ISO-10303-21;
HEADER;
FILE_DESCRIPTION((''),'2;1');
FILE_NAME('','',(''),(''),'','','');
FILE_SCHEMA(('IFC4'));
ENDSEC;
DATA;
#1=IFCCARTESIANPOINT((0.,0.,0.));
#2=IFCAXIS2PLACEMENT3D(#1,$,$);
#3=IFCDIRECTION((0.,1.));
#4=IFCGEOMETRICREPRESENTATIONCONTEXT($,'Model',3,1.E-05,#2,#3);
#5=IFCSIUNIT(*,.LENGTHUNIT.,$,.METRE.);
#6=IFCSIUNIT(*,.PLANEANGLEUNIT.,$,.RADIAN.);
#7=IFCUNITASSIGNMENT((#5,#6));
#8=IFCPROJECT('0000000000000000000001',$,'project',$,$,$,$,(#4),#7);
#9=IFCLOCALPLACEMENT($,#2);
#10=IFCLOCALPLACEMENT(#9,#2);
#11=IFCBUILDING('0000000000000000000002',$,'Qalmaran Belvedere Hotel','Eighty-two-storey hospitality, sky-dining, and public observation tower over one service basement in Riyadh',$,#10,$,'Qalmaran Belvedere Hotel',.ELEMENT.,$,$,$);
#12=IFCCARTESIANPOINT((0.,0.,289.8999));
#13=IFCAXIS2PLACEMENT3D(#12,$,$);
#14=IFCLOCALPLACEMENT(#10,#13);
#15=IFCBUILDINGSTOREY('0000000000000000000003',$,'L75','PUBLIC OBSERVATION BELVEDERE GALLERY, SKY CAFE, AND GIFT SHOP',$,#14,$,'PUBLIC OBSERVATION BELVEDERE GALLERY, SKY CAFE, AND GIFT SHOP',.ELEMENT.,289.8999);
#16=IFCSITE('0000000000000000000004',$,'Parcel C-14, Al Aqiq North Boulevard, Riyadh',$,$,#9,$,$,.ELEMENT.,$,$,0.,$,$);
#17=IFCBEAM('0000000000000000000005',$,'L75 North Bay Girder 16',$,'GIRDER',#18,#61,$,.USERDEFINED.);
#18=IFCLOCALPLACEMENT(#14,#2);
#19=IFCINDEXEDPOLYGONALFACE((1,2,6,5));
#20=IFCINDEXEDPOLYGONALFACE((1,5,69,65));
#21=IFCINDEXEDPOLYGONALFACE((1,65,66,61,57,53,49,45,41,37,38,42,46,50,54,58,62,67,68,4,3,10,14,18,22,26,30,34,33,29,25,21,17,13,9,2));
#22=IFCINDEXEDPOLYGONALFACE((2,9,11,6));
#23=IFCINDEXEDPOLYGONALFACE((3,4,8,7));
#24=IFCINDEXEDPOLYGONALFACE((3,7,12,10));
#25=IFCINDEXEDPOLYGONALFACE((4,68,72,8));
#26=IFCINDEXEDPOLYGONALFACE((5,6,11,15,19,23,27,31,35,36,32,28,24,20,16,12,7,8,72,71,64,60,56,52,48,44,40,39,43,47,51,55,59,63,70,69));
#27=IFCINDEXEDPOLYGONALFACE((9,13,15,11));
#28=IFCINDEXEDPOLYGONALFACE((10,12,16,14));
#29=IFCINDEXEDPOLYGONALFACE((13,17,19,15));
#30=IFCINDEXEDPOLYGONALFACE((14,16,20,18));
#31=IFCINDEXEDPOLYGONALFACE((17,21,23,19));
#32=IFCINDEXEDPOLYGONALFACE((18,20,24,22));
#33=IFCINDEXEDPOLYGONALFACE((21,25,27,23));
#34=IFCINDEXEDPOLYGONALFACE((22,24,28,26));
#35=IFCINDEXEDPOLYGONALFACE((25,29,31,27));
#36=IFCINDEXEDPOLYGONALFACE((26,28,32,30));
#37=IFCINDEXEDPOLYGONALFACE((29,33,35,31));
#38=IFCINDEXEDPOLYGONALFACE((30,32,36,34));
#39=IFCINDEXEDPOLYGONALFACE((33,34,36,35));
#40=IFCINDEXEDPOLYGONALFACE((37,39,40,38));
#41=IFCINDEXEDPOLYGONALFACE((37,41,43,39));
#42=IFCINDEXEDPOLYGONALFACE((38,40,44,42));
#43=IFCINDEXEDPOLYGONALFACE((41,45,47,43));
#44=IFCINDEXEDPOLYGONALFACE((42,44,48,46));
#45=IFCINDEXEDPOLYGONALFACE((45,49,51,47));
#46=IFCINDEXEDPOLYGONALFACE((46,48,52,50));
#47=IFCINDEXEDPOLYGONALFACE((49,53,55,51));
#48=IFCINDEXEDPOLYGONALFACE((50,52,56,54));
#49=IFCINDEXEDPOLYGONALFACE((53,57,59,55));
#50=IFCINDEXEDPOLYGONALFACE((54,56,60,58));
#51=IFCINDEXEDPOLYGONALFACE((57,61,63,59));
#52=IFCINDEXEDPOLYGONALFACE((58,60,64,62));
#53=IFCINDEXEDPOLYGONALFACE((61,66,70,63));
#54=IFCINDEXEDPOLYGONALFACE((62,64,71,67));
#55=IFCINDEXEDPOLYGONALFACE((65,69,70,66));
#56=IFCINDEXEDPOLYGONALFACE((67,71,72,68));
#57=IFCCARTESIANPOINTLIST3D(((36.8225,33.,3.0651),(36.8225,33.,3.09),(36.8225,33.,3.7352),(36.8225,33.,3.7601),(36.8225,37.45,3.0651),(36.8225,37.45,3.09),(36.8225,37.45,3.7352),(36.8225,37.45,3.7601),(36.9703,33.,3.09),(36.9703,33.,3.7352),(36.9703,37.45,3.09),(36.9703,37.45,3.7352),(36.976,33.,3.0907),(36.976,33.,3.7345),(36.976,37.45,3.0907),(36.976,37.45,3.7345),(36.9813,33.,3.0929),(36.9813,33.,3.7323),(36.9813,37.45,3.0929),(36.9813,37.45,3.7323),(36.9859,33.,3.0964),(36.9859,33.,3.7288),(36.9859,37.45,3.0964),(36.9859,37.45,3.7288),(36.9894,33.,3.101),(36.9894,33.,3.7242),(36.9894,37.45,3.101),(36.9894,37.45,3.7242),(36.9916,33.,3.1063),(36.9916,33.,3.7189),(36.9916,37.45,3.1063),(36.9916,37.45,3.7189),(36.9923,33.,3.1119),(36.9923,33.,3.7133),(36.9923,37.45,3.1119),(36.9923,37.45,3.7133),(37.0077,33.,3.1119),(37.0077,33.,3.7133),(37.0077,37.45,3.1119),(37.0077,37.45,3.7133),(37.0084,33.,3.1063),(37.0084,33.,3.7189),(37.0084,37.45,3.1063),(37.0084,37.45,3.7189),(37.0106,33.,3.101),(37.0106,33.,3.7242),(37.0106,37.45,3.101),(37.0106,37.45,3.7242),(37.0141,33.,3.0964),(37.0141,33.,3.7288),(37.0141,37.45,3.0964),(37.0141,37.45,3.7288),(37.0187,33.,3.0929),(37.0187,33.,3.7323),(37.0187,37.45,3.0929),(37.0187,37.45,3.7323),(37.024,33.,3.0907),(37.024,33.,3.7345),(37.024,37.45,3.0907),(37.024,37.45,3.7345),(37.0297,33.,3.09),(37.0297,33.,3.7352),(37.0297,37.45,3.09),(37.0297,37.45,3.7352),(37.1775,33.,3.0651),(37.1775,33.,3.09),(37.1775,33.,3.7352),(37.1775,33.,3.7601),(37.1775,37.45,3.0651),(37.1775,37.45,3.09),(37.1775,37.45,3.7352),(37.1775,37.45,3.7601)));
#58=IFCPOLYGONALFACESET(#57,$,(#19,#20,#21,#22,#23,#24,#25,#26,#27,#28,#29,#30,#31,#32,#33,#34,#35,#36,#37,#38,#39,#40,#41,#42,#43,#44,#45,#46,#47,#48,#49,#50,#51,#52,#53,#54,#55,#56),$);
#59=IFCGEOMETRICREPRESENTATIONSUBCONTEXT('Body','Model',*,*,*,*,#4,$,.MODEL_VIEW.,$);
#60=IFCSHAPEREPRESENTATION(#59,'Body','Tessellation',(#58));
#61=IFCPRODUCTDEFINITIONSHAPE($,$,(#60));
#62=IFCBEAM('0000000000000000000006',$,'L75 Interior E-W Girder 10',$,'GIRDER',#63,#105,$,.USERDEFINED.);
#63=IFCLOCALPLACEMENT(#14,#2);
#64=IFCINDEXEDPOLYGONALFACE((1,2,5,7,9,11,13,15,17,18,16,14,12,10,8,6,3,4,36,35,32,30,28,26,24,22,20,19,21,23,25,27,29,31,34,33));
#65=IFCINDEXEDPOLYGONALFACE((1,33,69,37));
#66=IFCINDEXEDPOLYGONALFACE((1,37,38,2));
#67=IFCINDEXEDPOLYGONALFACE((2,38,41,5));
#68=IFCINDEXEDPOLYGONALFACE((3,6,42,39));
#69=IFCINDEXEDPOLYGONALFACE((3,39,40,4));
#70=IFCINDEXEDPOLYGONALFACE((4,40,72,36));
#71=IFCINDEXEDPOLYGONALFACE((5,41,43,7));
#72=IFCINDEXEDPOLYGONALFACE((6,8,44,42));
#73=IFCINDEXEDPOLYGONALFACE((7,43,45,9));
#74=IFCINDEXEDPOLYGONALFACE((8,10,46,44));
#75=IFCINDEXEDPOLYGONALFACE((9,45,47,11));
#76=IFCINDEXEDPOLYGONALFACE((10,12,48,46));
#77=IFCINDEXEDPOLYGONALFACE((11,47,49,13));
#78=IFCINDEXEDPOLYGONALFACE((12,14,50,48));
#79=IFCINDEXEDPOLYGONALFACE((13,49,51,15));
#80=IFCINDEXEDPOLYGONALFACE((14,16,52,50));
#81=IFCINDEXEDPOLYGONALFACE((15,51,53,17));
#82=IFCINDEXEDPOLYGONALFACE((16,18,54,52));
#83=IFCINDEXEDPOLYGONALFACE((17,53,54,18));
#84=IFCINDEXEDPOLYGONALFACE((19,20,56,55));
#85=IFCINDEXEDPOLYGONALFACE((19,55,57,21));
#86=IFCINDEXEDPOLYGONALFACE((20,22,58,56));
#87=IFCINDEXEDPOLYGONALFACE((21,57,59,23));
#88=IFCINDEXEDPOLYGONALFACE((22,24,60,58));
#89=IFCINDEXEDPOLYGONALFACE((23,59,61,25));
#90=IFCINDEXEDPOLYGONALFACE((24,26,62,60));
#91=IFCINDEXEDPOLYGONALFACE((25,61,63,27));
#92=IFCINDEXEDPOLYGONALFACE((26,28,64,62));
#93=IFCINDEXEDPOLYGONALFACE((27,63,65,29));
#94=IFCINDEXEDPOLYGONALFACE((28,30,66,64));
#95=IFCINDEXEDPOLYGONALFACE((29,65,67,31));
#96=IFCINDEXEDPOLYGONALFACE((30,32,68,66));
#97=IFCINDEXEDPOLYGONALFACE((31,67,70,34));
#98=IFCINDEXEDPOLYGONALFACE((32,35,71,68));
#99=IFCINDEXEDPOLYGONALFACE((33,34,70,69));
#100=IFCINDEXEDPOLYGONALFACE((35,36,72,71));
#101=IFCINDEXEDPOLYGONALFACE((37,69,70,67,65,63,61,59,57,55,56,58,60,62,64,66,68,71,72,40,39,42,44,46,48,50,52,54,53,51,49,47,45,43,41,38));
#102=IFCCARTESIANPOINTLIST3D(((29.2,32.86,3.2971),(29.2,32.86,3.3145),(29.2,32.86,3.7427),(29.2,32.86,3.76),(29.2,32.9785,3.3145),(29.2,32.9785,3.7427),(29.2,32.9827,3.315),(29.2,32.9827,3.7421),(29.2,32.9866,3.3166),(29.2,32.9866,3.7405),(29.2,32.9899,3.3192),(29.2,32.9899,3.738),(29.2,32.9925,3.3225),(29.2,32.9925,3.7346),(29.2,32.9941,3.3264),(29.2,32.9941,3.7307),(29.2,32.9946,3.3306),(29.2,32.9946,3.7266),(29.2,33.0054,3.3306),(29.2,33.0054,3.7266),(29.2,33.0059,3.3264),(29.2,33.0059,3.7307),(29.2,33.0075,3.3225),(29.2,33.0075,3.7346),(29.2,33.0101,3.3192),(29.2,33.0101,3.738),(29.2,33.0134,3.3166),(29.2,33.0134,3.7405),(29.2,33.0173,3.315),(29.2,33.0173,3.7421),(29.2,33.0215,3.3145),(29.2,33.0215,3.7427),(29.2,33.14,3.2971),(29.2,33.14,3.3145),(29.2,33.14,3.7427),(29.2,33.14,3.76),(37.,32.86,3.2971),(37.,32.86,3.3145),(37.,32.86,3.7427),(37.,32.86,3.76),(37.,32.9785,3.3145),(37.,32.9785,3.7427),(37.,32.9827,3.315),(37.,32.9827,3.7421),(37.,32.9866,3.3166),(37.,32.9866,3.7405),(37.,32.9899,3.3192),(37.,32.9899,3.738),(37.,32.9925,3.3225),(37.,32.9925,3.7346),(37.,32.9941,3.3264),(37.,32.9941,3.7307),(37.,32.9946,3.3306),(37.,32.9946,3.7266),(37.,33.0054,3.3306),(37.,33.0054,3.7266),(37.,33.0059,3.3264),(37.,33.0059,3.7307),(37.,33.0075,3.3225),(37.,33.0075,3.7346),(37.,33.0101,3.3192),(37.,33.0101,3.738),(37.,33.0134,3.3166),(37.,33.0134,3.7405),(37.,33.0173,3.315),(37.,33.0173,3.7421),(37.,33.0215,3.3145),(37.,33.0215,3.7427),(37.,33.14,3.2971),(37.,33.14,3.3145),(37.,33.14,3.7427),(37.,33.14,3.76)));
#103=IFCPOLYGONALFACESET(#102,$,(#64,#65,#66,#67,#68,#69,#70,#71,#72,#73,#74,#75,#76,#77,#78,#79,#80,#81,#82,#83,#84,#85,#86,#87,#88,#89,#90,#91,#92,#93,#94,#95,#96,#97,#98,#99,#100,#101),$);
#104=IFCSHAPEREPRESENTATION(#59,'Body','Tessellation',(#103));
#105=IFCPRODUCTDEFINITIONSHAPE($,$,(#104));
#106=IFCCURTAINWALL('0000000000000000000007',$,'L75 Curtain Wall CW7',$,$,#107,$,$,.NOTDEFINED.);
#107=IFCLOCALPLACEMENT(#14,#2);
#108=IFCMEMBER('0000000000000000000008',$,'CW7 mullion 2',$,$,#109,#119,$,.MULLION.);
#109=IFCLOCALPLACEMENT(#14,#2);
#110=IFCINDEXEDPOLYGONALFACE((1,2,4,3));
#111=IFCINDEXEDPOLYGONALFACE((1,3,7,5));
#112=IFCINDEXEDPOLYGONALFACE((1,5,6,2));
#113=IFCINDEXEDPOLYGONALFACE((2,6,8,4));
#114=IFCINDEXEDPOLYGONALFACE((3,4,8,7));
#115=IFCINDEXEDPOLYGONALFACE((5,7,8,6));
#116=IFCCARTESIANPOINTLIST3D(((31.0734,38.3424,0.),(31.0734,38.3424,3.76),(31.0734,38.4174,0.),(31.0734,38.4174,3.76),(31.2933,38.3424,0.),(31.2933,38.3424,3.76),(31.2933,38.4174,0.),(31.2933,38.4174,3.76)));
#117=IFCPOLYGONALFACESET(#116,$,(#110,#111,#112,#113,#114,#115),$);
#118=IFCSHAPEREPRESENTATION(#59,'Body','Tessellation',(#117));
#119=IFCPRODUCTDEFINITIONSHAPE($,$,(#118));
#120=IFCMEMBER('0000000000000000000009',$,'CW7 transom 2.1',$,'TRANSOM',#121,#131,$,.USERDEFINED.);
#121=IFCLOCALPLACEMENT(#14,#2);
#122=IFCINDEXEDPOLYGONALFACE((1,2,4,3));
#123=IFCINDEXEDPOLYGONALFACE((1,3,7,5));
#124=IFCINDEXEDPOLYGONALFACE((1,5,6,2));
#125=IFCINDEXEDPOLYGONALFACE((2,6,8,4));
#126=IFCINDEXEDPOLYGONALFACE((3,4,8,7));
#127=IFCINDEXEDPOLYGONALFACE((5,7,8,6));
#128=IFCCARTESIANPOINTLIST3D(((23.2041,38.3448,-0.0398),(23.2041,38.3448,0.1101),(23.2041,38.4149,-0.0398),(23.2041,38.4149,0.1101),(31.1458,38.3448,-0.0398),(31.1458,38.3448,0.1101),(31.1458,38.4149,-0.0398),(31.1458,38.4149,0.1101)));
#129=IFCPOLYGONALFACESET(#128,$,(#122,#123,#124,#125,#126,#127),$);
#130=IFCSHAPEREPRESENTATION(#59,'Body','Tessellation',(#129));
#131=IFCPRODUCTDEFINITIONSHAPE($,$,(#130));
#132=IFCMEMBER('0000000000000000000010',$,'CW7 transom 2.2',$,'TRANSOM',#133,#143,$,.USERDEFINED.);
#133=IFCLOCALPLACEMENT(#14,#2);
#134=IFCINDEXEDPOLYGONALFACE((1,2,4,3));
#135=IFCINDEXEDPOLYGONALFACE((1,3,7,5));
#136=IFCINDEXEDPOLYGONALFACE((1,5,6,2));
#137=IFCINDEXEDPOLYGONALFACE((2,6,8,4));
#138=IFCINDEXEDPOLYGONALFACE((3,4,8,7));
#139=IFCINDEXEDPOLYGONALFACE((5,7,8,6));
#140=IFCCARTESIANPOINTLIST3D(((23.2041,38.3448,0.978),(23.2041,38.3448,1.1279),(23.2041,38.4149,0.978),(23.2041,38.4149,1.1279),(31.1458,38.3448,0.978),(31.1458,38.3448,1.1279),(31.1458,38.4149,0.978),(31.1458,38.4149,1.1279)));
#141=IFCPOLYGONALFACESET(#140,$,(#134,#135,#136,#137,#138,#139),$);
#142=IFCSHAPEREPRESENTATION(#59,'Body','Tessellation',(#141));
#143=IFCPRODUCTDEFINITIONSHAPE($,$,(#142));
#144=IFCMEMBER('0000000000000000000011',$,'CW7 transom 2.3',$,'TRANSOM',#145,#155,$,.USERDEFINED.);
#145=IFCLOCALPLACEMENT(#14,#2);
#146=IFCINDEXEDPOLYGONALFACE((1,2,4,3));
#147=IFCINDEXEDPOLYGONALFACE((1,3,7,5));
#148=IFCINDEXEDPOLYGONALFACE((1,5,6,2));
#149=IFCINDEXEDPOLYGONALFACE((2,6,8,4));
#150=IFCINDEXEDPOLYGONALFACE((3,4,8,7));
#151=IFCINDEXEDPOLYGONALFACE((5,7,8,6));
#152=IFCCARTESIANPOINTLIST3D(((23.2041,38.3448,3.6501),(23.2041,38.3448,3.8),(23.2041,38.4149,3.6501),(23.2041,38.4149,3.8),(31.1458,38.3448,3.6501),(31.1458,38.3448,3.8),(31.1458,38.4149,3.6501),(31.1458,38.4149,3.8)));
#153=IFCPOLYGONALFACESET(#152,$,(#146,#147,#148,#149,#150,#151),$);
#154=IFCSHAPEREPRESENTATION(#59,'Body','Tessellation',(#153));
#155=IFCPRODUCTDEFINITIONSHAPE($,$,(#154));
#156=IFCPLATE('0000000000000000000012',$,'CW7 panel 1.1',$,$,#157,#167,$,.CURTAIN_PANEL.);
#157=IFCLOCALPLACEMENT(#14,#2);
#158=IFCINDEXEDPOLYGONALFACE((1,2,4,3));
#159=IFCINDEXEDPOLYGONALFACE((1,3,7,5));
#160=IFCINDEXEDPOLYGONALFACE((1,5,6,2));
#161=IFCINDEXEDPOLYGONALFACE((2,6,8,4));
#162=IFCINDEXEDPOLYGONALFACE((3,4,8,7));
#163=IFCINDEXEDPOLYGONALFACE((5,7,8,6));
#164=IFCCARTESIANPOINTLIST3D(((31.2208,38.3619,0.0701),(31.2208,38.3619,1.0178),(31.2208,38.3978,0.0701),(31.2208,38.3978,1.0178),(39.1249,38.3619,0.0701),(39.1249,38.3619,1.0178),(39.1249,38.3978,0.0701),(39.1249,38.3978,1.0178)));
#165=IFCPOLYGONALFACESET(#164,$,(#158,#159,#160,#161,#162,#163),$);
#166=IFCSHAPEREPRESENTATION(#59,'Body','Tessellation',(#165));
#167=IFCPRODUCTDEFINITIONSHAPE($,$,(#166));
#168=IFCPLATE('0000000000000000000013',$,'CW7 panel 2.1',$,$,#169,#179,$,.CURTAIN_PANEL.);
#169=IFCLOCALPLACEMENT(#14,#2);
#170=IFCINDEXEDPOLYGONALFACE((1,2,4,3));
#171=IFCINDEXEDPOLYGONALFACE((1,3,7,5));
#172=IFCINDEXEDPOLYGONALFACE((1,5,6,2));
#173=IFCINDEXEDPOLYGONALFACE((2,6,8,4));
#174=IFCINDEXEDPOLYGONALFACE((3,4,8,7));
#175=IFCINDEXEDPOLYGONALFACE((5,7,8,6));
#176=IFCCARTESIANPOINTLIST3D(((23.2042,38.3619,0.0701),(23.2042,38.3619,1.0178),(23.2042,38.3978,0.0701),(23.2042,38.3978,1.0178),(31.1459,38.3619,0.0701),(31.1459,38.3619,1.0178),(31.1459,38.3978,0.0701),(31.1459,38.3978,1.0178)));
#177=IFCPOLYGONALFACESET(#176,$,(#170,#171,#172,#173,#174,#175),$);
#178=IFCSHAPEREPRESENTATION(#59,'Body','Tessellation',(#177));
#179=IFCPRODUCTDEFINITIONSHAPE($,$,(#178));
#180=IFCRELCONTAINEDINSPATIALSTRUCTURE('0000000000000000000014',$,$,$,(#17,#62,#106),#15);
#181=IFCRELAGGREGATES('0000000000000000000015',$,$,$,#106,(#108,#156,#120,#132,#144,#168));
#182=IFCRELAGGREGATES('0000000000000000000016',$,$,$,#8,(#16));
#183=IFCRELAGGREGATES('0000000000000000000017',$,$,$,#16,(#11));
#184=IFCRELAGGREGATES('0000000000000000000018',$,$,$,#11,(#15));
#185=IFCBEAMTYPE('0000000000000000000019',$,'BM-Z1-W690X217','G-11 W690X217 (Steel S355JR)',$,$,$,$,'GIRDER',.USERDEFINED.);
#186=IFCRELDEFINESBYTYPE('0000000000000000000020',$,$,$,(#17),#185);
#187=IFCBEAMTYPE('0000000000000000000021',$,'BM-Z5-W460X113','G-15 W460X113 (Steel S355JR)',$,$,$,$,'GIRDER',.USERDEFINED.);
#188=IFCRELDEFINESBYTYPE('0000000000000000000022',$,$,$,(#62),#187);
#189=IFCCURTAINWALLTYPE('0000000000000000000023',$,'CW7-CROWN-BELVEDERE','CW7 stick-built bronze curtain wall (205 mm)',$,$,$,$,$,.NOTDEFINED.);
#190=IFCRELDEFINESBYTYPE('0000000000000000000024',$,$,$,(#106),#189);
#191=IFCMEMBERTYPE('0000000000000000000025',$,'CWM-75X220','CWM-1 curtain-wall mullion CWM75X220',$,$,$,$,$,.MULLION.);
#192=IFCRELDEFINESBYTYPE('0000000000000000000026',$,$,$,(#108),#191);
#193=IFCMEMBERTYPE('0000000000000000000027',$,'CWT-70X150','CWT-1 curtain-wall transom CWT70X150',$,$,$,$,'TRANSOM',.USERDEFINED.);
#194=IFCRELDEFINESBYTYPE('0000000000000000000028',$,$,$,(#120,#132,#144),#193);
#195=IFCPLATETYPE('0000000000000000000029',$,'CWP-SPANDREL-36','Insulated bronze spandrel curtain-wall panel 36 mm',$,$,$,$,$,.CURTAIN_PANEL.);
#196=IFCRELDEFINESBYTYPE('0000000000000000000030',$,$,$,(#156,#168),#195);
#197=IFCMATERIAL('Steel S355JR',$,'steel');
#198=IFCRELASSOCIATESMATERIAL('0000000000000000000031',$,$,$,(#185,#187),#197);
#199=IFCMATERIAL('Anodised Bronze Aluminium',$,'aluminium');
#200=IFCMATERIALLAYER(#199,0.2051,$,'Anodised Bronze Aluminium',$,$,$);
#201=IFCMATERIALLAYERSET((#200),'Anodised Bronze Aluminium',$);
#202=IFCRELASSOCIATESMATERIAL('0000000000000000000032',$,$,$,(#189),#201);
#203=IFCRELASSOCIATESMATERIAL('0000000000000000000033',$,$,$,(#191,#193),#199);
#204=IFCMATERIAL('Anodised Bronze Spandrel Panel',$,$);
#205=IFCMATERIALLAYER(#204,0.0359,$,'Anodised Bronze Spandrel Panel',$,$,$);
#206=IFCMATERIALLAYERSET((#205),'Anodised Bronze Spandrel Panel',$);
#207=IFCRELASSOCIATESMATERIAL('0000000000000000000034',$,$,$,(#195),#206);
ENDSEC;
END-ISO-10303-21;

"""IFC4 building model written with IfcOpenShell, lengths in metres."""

from ifc_helpers import new_model, si_unit, direction, frame, origin, origin_2d, place, context, subcontext, project, spatial, rectangle, i_section, extrude, material, layer, layer_set, material_profile, profile_set, type_object, element, aggregate, save


model = new_model("IFC4")

# Units and contexts
model_context = context("Model", 3, precision=1e-05, world=origin(), true_north=direction((0.0, 1.0)))
body_context = subcontext(model_context, "Body", "Model", "MODEL_VIEW")
ifc_project = project(units=[si_unit("LENGTHUNIT", "METRE"), si_unit("PLANEANGLEUNIT", "RADIAN")], contexts=[model_context])

# Site, building, storey
site_placement = place(None, origin())
site = spatial("IfcSite", under=ifc_project, at=site_placement, Name="Parcel C-14, Al Aqiq North Boulevard, Riyadh", CompositionType="ELEMENT", RefElevation=0.0)
building_placement = place(site_placement, origin())
building = spatial("IfcBuilding", under=site, at=building_placement, Name="Qalmaran Belvedere Hotel", Description="Eighty-two-storey hospitality, sky-dining, and public observation tower over one service basement in Riyadh", LongName="Qalmaran Belvedere Hotel", CompositionType="ELEMENT")
storey_placement = place(building_placement, frame((0.0, 0.0, 289.8999)))
storey = spatial("IfcBuildingStorey", under=building, at=storey_placement, Name="L75", Description="PUBLIC OBSERVATION BELVEDERE GALLERY, SKY CAFE, AND GIFT SHOP", LongName="PUBLIC OBSERVATION BELVEDERE GALLERY, SKY CAFE, AND GIFT SHOP", CompositionType="ELEMENT", Elevation=289.8999)

# Beams
ifc_material_1 = material(Name="Steel S355JR", Category="steel")
ifc_material_profile_1 = material_profile(ifc_material_1, i_section(OverallWidth=0.355, OverallDepth=0.6951, WebThickness=0.0154, FlangeThickness=0.0249, FilletRadius=0.022, at=origin_2d()), Name="W690X217")
ifc_profile_set_1 = profile_set([ifc_material_profile_1], Name="Steel S355JR")
beam_type_1 = type_object("IfcBeamType", Name="BM-Z1-W690X217", Description="G-11 W690X217 (Steel S355JR)", ElementType="GIRDER", PredefinedType="USERDEFINED", material=ifc_profile_set_1)
for number, where, z_axis, x_axis, name in (
    (1, (37.0, 33.0, 3.4126), (0.0, 1.0, 0.0), (-1.0, 0.0, 0.0), "L75 North Bay Girder 16"),
):
    element("IfcBeam", number, at=place(storey_placement, frame(where, z_axis=z_axis, x_axis=x_axis)), inside=storey, type_object=beam_type_1, Name=name, ObjectType="GIRDER", PredefinedType="USERDEFINED", context=body_context, shape_type="SweptSolid", body=[
        extrude(i_section(OverallWidth=0.355, OverallDepth=0.6951, WebThickness=0.0154, FlangeThickness=0.0249, FilletRadius=0.022, at=origin_2d()), origin(), (0.0, 0.0, 1.0), 4.45),
    ])
ifc_material_profile_2 = material_profile(ifc_material_1, i_section(OverallWidth=0.28, OverallDepth=0.4629, WebThickness=0.0107, FlangeThickness=0.0173, FilletRadius=0.0161, at=origin_2d()), Name="W460X113")
ifc_profile_set_2 = profile_set([ifc_material_profile_2], Name="Steel S355JR")
beam_type_2 = type_object("IfcBeamType", Name="BM-Z5-W460X113", Description="G-15 W460X113 (Steel S355JR)", ElementType="GIRDER", PredefinedType="USERDEFINED", material=ifc_profile_set_2)
beam_1_placement = place(storey_placement, frame((29.2, 33.0, 3.5286), z_axis=(1.0, 0.0, 0.0), x_axis=(0.0, 1.0, 0.0)))
element("IfcBeam", 2, at=beam_1_placement, inside=storey, type_object=beam_type_2, Name="L75 Interior E-W Girder 10", ObjectType="GIRDER", PredefinedType="USERDEFINED", context=body_context, shape_type="SweptSolid", body=[
    extrude(i_section(OverallWidth=0.28, OverallDepth=0.4629, WebThickness=0.0107, FlangeThickness=0.0173, FilletRadius=0.0161, at=origin_2d()), origin(), (0.0, 0.0, 1.0), 7.8),
])

# Curtain wall, members, plates
ifc_material_2 = material(Name="Anodised Bronze Aluminium", Category="aluminium")
ifc_layer_1 = layer(ifc_material_2, 0.2051, Name="Anodised Bronze Aluminium")
ifc_layer_set_1 = layer_set([ifc_layer_1], Name="Anodised Bronze Aluminium")
curtain_wall_type = type_object("IfcCurtainWallType", Name="CW7-CROWN-BELVEDERE", Description="CW7 stick-built bronze curtain wall (205 mm)", PredefinedType="NOTDEFINED", material=ifc_layer_set_1)
curtain_wall_placement = place(storey_placement, origin())
curtain_wall = element("IfcCurtainWall", 3, at=curtain_wall_placement, inside=storey, type_object=curtain_wall_type, Name="L75 Curtain Wall CW7", PredefinedType="NOTDEFINED")
ifc_material_profile_3 = material_profile(ifc_material_2, rectangle(XDim=0.075, YDim=0.22, at=origin_2d()), Name="CWM75X220")
ifc_profile_set_3 = profile_set([ifc_material_profile_3], Name="Anodised Bronze Aluminium")
member_type_1 = type_object("IfcMemberType", Name="CWM-75X220", Description="CWM-1 curtain-wall mullion CWM75X220", PredefinedType="MULLION", material=ifc_profile_set_3)
member_1_placement = place(storey_placement, frame((31.1833, 38.3799, 0.0), z_axis=(0.0, 0.0, 1.0), x_axis=(0.0, -1.0, 0.0)))
member_1 = element("IfcMember", 4, at=member_1_placement, type_object=member_type_1, Name="CW7 mullion 2", PredefinedType="MULLION", context=body_context, shape_type="SweptSolid", body=[
    extrude(rectangle(XDim=0.075, YDim=0.22, at=origin_2d()), origin(), (0.0, 0.0, 1.0), 3.76),
])
ifc_material_profile_4 = material_profile(ifc_material_2, rectangle(XDim=0.0701, YDim=0.1499, at=origin_2d()), Name="CWT70X150")
ifc_profile_set_4 = profile_set([ifc_material_profile_4], Name="Anodised Bronze Aluminium")
member_type_2 = type_object("IfcMemberType", Name="CWT-70X150", Description="CWT-1 curtain-wall transom CWT70X150", ElementType="TRANSOM", PredefinedType="USERDEFINED", material=ifc_profile_set_4)
member_2_placement = place(storey_placement, frame((31.1458, 38.3799, 0.0352), z_axis=(-1.0, 0.0, 0.0), x_axis=(0.0, -1.0, 0.0)))
member_2 = element("IfcMember", 5, at=member_2_placement, type_object=member_type_2, Name="CW7 transom 2.1", ObjectType="TRANSOM", PredefinedType="USERDEFINED", context=body_context, shape_type="SweptSolid", body=[
    extrude(rectangle(XDim=0.0701, YDim=0.1499, at=origin_2d()), origin(), (0.0, 0.0, 1.0), 7.9417),
])
member_3_placement = place(storey_placement, frame((31.1458, 38.3799, 1.053), z_axis=(-1.0, 0.0, 0.0), x_axis=(0.0, -1.0, 0.0)))
member_3 = element("IfcMember", 6, at=member_3_placement, type_object=member_type_2, Name="CW7 transom 2.2", ObjectType="TRANSOM", PredefinedType="USERDEFINED", context=body_context, shape_type="SweptSolid", body=[
    extrude(rectangle(XDim=0.0701, YDim=0.1499, at=origin_2d()), origin(), (0.0, 0.0, 1.0), 7.9417),
])
member_4_placement = place(storey_placement, frame((31.1458, 38.3799, 3.7251), z_axis=(-1.0, 0.0, 0.0), x_axis=(0.0, -1.0, 0.0)))
member_4 = element("IfcMember", 7, at=member_4_placement, type_object=member_type_2, Name="CW7 transom 2.3", ObjectType="TRANSOM", PredefinedType="USERDEFINED", context=body_context, shape_type="SweptSolid", body=[
    extrude(rectangle(XDim=0.0701, YDim=0.1499, at=origin_2d()), origin(), (0.0, 0.0, 1.0), 7.9417),
])
ifc_material_3 = material(Name="Anodised Bronze Spandrel Panel")
ifc_layer_2 = layer(ifc_material_3, 0.0359, Name="Anodised Bronze Spandrel Panel")
ifc_layer_set_2 = layer_set([ifc_layer_2], Name="Anodised Bronze Spandrel Panel")
plate_type_1 = type_object("IfcPlateType", Name="CWP-SPANDREL-36", Description="Insulated bronze spandrel curtain-wall panel 36 mm", PredefinedType="CURTAIN_PANEL", material=ifc_layer_set_2)
plate_1_placement = place(storey_placement, frame((35.1729, 38.3799, 0.0701), z_axis=(0.0, 0.0, 1.0), x_axis=(-1.0, 0.0, 0.0)))
plate_1 = element("IfcPlate", 8, at=plate_1_placement, type_object=plate_type_1, Name="CW7 panel 1.1", PredefinedType="CURTAIN_PANEL", context=body_context, shape_type="SweptSolid", body=[
    extrude(rectangle(XDim=7.9041, YDim=0.0359, at=origin_2d()), origin(), (0.0, 0.0, 1.0), 0.9478),
])
plate_2_placement = place(storey_placement, frame((27.175, 38.3799, 0.0701), z_axis=(0.0, 0.0, 1.0), x_axis=(-1.0, 0.0, 0.0)))
plate_2 = element("IfcPlate", 9, at=plate_2_placement, type_object=plate_type_1, Name="CW7 panel 2.1", PredefinedType="CURTAIN_PANEL", context=body_context, shape_type="SweptSolid", body=[
    extrude(rectangle(XDim=7.9417, YDim=0.0359, at=origin_2d()), origin(), (0.0, 0.0, 1.0), 0.9478),
])
aggregate(curtain_wall, [member_1, plate_1, member_2, member_3, member_4, plate_2])

save(model, "model.ifc")
